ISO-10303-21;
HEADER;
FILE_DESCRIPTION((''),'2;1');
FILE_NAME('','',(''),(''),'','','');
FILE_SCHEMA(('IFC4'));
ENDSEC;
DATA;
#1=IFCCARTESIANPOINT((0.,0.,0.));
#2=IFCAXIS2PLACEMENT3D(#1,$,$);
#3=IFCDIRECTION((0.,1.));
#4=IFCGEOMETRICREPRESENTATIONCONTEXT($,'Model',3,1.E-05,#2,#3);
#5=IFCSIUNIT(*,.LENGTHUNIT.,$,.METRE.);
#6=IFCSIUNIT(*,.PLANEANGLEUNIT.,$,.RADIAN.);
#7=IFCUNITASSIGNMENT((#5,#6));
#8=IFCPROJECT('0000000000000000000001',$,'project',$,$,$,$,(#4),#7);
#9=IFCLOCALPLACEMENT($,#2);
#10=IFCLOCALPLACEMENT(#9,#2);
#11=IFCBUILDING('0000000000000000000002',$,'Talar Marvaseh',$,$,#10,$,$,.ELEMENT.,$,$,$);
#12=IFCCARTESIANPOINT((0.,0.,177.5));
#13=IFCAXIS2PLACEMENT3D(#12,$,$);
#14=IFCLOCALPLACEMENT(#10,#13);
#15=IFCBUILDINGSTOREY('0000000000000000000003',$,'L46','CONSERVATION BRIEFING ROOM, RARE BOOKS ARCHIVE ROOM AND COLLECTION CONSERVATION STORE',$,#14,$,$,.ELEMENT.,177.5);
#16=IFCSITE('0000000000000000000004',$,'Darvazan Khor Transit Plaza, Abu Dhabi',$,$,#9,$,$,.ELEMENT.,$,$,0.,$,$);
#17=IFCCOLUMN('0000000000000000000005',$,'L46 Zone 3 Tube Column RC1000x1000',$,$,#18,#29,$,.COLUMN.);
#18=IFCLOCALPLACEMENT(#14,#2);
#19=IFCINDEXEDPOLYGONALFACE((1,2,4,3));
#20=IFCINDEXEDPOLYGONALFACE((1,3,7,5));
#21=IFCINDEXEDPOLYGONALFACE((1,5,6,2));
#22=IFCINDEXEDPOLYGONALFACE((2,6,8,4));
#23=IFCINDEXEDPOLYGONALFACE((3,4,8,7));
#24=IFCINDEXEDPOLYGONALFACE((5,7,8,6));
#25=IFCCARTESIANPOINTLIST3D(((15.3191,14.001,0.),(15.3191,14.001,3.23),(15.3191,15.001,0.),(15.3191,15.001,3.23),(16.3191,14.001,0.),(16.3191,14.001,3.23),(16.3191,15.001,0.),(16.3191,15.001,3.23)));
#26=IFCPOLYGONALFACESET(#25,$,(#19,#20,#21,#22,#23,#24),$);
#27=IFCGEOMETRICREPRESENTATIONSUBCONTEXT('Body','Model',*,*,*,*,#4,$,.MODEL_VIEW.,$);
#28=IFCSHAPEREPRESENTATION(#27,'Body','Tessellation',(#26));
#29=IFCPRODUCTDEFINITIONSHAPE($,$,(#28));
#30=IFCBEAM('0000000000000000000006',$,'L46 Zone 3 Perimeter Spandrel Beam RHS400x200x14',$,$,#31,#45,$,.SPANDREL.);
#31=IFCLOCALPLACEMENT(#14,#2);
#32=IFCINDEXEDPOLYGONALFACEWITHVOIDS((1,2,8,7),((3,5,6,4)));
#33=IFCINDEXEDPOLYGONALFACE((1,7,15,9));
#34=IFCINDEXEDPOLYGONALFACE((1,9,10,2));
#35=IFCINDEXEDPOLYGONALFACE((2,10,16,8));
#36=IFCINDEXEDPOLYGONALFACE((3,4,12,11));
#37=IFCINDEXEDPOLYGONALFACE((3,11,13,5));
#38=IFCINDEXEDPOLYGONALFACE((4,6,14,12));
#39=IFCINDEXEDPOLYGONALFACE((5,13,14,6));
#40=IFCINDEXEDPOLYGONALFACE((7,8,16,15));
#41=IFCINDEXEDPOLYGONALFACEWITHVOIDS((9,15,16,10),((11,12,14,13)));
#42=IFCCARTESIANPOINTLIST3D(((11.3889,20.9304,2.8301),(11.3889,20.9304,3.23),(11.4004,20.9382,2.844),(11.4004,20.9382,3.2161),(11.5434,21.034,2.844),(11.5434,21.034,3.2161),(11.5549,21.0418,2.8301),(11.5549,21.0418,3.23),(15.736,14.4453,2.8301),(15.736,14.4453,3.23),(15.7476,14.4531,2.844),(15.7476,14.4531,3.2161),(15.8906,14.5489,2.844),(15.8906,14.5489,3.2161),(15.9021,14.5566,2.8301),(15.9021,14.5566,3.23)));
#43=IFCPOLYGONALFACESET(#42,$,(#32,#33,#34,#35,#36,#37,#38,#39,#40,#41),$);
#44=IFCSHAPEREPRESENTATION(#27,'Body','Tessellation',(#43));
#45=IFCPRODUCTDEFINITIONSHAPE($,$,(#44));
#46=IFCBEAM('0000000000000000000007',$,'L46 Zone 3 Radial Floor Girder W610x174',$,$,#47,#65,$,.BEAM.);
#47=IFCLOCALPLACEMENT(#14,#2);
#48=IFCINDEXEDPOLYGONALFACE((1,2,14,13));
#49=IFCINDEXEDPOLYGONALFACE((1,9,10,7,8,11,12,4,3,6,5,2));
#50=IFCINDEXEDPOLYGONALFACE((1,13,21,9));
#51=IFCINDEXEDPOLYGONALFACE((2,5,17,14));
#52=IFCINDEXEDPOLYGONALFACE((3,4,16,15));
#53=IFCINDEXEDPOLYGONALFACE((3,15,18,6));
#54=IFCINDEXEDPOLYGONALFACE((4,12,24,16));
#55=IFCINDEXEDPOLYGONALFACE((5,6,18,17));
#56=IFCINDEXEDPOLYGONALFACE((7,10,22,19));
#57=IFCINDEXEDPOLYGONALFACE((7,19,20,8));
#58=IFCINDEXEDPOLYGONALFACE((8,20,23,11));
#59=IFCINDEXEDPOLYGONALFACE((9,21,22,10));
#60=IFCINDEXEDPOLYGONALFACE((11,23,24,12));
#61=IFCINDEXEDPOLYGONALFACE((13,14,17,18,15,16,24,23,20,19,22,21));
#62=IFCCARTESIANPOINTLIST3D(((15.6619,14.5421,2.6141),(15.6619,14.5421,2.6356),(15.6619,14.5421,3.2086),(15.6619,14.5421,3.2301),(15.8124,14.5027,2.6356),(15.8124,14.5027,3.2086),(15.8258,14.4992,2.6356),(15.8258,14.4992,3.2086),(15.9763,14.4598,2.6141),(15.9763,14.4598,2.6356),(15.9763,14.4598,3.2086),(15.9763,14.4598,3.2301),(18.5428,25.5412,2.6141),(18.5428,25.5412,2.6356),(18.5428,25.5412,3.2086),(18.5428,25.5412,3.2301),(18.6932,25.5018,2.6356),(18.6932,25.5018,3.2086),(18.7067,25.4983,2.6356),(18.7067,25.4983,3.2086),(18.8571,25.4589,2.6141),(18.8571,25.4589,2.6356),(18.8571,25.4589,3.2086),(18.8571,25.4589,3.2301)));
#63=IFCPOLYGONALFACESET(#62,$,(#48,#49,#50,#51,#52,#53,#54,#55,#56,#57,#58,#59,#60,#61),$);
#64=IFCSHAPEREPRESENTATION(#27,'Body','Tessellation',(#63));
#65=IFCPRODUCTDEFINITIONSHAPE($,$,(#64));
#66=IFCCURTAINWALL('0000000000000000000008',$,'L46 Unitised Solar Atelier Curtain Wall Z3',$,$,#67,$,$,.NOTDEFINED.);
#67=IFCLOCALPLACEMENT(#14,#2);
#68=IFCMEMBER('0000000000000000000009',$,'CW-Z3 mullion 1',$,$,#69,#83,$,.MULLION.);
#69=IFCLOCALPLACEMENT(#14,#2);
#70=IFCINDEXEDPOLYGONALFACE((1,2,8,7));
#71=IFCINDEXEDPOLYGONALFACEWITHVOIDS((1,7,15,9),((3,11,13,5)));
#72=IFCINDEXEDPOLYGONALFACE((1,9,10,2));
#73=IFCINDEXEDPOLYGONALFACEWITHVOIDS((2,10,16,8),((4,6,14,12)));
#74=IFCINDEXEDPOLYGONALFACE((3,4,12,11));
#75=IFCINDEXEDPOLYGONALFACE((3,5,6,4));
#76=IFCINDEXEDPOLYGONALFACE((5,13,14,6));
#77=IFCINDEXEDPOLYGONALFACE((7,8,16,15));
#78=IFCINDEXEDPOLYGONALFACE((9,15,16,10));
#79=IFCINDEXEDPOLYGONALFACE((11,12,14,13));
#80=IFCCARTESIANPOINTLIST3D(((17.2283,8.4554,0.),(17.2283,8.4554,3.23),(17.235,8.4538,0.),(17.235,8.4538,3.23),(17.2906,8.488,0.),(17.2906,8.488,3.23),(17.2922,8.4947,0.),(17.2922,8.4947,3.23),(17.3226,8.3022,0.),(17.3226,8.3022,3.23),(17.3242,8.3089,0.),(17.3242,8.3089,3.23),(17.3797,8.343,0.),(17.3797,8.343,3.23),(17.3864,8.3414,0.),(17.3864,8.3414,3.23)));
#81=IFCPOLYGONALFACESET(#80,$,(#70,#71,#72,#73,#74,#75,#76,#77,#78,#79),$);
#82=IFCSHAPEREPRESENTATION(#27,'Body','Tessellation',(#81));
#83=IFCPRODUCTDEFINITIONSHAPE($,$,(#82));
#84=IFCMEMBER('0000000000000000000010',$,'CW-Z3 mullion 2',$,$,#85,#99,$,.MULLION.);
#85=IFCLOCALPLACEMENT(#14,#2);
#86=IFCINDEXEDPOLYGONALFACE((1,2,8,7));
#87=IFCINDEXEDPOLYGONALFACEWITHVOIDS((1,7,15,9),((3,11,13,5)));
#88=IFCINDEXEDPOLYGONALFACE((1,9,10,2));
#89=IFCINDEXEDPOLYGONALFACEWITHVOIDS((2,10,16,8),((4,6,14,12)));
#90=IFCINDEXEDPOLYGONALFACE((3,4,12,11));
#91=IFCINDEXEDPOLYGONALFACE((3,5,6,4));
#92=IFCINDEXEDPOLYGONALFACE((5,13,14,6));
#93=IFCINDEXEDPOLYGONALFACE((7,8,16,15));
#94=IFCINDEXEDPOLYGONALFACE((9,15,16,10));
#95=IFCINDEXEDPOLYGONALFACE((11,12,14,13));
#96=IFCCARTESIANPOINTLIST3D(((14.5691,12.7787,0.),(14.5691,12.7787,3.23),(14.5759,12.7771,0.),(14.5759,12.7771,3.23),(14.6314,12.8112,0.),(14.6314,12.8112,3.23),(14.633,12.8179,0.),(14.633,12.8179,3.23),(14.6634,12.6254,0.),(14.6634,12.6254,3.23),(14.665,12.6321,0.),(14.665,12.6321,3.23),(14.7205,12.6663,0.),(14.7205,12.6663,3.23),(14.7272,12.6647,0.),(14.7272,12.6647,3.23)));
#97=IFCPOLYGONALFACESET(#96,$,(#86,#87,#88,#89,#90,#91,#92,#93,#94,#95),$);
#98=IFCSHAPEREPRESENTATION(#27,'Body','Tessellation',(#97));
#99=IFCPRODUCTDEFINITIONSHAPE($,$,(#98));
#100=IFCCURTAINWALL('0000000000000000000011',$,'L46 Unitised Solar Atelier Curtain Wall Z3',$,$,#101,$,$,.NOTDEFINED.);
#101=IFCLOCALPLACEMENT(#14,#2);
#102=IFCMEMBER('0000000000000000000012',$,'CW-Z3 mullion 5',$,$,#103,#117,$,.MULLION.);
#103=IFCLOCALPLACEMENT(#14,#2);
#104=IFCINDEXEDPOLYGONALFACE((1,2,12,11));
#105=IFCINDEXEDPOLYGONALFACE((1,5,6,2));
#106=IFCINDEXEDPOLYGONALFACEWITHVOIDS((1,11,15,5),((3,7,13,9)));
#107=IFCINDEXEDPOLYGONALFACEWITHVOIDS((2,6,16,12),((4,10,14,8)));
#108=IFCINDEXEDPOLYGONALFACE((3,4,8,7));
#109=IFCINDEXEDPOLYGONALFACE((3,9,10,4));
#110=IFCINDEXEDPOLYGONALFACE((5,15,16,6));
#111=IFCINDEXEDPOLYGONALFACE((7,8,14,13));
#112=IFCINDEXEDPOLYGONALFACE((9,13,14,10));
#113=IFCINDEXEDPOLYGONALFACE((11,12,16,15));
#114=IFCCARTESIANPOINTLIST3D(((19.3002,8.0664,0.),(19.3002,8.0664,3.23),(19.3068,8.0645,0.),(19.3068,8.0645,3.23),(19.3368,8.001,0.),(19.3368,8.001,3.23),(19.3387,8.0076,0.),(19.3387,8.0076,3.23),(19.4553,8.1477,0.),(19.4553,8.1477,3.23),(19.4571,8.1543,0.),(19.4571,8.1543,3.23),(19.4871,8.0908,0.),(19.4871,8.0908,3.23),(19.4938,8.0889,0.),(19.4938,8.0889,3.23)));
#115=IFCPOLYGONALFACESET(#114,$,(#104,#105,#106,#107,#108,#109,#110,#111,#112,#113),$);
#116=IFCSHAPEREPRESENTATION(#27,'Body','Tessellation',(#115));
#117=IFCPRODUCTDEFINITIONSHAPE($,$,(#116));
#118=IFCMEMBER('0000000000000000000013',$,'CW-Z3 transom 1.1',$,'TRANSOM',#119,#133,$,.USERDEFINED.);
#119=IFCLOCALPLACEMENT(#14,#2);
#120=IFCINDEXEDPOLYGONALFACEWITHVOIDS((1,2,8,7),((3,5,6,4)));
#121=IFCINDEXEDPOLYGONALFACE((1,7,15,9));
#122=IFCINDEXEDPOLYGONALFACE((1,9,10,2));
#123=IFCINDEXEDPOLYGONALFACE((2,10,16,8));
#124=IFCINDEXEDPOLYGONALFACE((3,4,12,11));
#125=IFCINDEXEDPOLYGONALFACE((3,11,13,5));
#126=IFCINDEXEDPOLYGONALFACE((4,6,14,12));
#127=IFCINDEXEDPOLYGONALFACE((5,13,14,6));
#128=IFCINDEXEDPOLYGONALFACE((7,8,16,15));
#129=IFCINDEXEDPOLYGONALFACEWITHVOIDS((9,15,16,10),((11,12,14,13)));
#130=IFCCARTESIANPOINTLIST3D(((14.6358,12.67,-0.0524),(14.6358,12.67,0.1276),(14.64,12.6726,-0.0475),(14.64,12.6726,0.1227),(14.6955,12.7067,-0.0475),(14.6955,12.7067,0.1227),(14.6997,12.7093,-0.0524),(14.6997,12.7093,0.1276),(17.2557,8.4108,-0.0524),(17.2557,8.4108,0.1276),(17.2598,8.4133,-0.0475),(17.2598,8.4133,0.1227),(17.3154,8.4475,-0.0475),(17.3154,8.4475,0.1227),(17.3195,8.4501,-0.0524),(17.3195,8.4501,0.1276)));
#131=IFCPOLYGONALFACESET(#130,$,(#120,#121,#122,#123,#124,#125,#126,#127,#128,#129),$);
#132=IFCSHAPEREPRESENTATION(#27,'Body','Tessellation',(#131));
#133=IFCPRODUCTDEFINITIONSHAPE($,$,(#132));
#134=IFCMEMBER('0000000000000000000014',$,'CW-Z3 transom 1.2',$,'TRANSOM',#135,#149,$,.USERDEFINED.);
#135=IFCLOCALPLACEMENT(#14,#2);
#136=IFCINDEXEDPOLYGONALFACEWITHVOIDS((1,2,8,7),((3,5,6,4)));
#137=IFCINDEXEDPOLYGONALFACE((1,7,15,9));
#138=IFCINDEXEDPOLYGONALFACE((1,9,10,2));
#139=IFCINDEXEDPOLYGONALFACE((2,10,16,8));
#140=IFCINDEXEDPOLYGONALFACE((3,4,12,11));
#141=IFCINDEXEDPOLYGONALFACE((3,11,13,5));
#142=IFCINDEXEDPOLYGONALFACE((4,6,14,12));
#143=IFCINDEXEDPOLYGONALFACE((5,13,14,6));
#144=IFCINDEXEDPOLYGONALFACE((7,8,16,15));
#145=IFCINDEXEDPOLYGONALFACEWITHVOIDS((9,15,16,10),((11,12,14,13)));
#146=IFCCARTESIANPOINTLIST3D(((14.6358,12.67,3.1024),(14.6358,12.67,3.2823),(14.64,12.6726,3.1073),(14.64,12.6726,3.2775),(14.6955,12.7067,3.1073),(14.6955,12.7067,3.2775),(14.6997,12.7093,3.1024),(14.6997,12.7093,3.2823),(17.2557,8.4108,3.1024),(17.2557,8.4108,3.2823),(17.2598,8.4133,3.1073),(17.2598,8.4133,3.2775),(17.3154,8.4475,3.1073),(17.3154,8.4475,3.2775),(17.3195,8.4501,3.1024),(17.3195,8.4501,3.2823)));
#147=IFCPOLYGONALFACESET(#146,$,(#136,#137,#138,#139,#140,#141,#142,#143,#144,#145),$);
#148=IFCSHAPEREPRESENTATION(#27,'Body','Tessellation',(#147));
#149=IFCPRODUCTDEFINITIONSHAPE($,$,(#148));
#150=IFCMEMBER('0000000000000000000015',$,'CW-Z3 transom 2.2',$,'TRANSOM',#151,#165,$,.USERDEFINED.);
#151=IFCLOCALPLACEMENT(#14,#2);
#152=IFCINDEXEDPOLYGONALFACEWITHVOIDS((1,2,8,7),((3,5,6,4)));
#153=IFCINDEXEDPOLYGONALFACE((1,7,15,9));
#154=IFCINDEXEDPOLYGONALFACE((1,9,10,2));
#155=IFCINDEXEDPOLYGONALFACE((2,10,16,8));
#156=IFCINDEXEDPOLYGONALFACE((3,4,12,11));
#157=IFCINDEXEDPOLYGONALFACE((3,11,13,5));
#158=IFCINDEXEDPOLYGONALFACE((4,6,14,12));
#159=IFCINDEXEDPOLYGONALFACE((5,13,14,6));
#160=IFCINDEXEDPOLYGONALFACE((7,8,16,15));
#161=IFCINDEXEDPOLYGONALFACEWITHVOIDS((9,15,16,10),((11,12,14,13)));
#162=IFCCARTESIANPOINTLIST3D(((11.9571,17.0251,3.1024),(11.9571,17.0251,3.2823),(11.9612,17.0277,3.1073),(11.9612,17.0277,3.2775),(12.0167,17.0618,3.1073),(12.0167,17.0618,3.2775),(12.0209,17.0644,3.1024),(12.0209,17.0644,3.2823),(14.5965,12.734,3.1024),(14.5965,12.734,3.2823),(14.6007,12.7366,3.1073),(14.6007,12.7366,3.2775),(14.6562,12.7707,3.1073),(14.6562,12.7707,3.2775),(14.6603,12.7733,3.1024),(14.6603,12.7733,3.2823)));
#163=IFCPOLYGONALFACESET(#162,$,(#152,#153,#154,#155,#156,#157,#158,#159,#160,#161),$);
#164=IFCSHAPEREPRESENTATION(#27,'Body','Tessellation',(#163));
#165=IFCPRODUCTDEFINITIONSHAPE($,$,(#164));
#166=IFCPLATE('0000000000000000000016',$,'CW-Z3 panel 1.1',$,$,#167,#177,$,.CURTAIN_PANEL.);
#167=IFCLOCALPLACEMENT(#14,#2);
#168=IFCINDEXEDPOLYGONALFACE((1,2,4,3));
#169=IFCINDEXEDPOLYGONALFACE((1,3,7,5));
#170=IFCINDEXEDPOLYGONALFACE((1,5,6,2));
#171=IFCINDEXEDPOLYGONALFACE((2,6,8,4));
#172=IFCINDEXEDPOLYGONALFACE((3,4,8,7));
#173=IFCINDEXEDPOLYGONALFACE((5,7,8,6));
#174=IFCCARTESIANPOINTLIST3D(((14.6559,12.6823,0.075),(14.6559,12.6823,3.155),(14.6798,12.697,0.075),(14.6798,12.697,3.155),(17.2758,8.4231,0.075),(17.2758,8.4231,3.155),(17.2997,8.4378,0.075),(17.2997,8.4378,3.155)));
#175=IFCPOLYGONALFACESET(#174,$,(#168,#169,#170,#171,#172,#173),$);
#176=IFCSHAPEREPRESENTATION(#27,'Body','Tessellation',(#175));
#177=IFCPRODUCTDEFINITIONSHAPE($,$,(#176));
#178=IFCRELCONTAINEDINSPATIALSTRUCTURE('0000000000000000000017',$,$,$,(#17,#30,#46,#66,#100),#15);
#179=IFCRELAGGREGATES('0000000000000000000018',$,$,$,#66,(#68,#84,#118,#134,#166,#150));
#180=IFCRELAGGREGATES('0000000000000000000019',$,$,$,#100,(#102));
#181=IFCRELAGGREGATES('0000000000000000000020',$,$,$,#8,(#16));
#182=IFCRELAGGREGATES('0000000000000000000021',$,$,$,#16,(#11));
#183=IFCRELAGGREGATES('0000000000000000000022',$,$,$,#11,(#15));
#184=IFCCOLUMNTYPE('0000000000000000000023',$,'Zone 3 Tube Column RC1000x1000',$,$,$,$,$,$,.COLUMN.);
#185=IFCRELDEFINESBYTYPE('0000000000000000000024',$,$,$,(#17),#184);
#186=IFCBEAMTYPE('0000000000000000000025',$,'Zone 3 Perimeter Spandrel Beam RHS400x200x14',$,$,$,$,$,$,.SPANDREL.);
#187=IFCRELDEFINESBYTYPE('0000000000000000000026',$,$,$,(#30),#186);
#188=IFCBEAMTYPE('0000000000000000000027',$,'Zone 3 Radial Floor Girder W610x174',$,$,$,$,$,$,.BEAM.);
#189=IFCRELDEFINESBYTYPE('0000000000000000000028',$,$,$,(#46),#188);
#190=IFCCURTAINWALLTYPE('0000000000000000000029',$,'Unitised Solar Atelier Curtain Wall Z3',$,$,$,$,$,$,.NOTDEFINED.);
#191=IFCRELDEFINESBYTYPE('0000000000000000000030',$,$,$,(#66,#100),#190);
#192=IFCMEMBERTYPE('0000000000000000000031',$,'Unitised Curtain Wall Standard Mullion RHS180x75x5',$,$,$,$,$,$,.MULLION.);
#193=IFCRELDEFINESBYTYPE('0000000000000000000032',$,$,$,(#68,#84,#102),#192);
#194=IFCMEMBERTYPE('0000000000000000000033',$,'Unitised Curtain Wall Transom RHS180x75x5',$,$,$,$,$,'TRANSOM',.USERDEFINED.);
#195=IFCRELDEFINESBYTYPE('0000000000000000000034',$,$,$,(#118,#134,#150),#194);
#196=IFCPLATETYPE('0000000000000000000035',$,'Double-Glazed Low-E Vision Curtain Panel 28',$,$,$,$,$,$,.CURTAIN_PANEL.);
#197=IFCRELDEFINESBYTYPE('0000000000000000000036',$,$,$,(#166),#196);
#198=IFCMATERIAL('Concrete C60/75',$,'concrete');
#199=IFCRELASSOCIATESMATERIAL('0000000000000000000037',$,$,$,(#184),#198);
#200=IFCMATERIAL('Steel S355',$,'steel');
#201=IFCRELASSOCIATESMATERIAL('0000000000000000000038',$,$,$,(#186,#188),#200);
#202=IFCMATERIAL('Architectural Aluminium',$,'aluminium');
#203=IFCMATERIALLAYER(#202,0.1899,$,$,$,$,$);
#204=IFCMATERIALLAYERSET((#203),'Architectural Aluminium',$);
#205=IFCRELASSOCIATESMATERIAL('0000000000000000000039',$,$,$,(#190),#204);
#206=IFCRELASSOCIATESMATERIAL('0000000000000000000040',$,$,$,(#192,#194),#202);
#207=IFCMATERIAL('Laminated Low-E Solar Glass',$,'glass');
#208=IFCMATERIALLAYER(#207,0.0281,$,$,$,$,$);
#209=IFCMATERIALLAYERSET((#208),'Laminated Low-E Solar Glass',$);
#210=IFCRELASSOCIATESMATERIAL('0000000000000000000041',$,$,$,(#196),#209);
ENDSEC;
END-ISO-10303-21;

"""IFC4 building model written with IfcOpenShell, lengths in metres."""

from ifc_helpers import new_model, si_unit, direction, frame, origin, origin_2d, place, context, subcontext, project, spatial, rectangle, hollow_rectangle, i_section, extrude, source, transform, mapped, material, layer, layer_set, material_profile, profile_set, type_object, type_shapes, element, aggregate, save


model = new_model("IFC4")

# Units and contexts
model_context = context("Model", 3, precision=1e-05, world=origin(), true_north=direction((0.0, 1.0)))
body_context = subcontext(model_context, "Body", "Model", "MODEL_VIEW")
ifc_project = project(units=[si_unit("LENGTHUNIT", "METRE"), si_unit("PLANEANGLEUNIT", "RADIAN")], contexts=[model_context])

# Site, building, storey
site_placement = place(None, origin())
site = spatial("IfcSite", under=ifc_project, at=site_placement, Name="Darvazan Khor Transit Plaza, Abu Dhabi", CompositionType="ELEMENT", RefElevation=0.0)
building_placement = place(site_placement, origin())
building = spatial("IfcBuilding", under=site, at=building_placement, Name="Talar Marvaseh", CompositionType="ELEMENT")
storey_placement = place(building_placement, frame((0.0, 0.0, 177.5)))
storey = spatial("IfcBuildingStorey", under=building, at=storey_placement, Name="L46", Description="CONSERVATION BRIEFING ROOM, RARE BOOKS ARCHIVE ROOM AND COLLECTION CONSERVATION STORE", CompositionType="ELEMENT", Elevation=177.5)

# Column
ifc_material_1 = material(Name="Concrete C60/75", Category="concrete")
ifc_material_profile_1 = material_profile(ifc_material_1, rectangle(XDim=1.0, YDim=1.0, at=origin_2d()), Name="RC1000x1000")
ifc_profile_set_1 = profile_set([ifc_material_profile_1], Name="Concrete C60/75")
column_type = type_object("IfcColumnType", Name="Zone 3 Tube Column RC1000x1000", PredefinedType="COLUMN", material=ifc_profile_set_1)
column_placement = place(storey_placement, frame((15.8191, 14.501, 0.0), z_axis=(0.0, 0.0, 1.0), x_axis=(1.0, 0.0, 0.0)))
element("IfcColumn", 1, at=column_placement, inside=storey, type_object=column_type, Name="L46 Zone 3 Tube Column RC1000x1000", PredefinedType="COLUMN", context=body_context, shape_type="SweptSolid", body=[
    extrude(rectangle(XDim=1.0, YDim=1.0, at=origin_2d()), origin(), (0.0, 0.0, 1.0), 3.23),
])

# Beams
ifc_material_2 = material(Name="Steel S355", Category="steel")
ifc_material_profile_2 = material_profile(ifc_material_2, hollow_rectangle(XDim=0.2, YDim=0.3999, WallThickness=0.0139, at=origin_2d()), Name="RHS400x200x14")
ifc_profile_set_2 = profile_set([ifc_material_profile_2], Name="Steel S355")
beam_type_1 = type_object("IfcBeamType", Name="Zone 3 Perimeter Spandrel Beam RHS400x200x14", PredefinedType="SPANDREL", material=ifc_profile_set_2)
beam_1_placement = place(storey_placement, frame((15.8191, 14.501, 3.03), z_axis=(-0.556806, 0.830643, 0.0), x_axis=(-0.830643, -0.556806, 0.0)))
element("IfcBeam", 2, at=beam_1_placement, inside=storey, type_object=beam_type_1, Name="L46 Zone 3 Perimeter Spandrel Beam RHS400x200x14", PredefinedType="SPANDREL", context=body_context, shape_type="SweptSolid", body=[
    extrude(hollow_rectangle(XDim=0.2, YDim=0.3999, WallThickness=0.0139, at=origin_2d()), origin(), (0.0, 0.0, 1.0), 7.8074),
])
ifc_material_profile_3 = material_profile(ifc_material_2, i_section(OverallWidth=0.325, OverallDepth=0.616, WebThickness=0.0139, FlangeThickness=0.0215, at=origin_2d()), Name="W610x174")
ifc_profile_set_3 = profile_set([ifc_material_profile_3], Name="Steel S355")
beam_type_2 = type_object("IfcBeamType", Name="Zone 3 Radial Floor Girder W610x174", PredefinedType="BEAM", material=ifc_profile_set_3)
beam_2_placement = place(storey_placement, frame((15.8191, 14.501, 2.9221), z_axis=(0.253373, 0.967369, 0.0), x_axis=(-0.967369, 0.253373, 0.0)))
element("IfcBeam", 3, at=beam_2_placement, inside=storey, type_object=beam_type_2, Name="L46 Zone 3 Radial Floor Girder W610x174", PredefinedType="BEAM", context=body_context, shape_type="SweptSolid", body=[
    extrude(i_section(OverallWidth=0.325, OverallDepth=0.616, WebThickness=0.0139, FlangeThickness=0.0215, at=origin_2d()), origin(), (0.0, 0.0, 1.0), 11.3701),
])

# Curtain wall, members
ifc_material_3 = material(Name="Architectural Aluminium", Category="aluminium")
ifc_layer_1 = layer(ifc_material_3, 0.1899)
ifc_layer_set_1 = layer_set([ifc_layer_1], Name="Architectural Aluminium")
curtain_wall_type = type_object("IfcCurtainWallType", Name="Unitised Solar Atelier Curtain Wall Z3", PredefinedType="NOTDEFINED", material=ifc_layer_set_1)
curtain_wall_1_placement = place(storey_placement, origin())
curtain_wall_1 = element("IfcCurtainWall", 4, at=curtain_wall_1_placement, inside=storey, type_object=curtain_wall_type, Name="L46 Unitised Solar Atelier Curtain Wall Z3", PredefinedType="NOTDEFINED")
ifc_material_profile_4 = material_profile(ifc_material_3, hollow_rectangle(XDim=0.075, YDim=0.1799, WallThickness=0.0049, at=origin_2d()), Name="RHS180x75x5")
ifc_profile_set_4 = profile_set([ifc_material_profile_4], Name="Architectural Aluminium")
member_type_1 = type_object("IfcMemberType", Name="Unitised Curtain Wall Standard Mullion RHS180x75x5", PredefinedType="MULLION", material=ifc_profile_set_4)
shared_shape_1 = source(origin(), body_context, "Body", "SweptSolid", [
    extrude(hollow_rectangle(XDim=0.075, YDim=0.1799, WallThickness=0.0049, at=origin_2d()), origin(), (0.0, 0.0, 1.0), 3.23),
])
type_shapes(member_type_1, [shared_shape_1])
member_1_placement = place(storey_placement, frame((17.3074, 8.3984, 0.0), z_axis=(0.0, 0.0, 1.0), x_axis=(-0.851764, -0.523926, 0.0)))
member_1 = element("IfcMember", 5, at=member_1_placement, type_object=member_type_1, Name="CW-Z3 mullion 1", PredefinedType="MULLION", context=body_context, shape_type="MappedRepresentation", body=[
    mapped(shared_shape_1, transform((0.0, 0.0, 0.0), x_axis=(1.0, 0.0, 0.0), y_axis=(0.0, 1.0, 0.0), z_axis=(0.0, 0.0, 1.0), scale=1.0)),
])
member_2_placement = place(storey_placement, frame((14.6482, 12.7217, 0.0), z_axis=(0.0, 0.0, 1.0), x_axis=(-0.851764, -0.523926, 0.0)))
member_2 = element("IfcMember", 6, at=member_2_placement, type_object=member_type_1, Name="CW-Z3 mullion 2", PredefinedType="MULLION", context=body_context, shape_type="MappedRepresentation", body=[
    mapped(shared_shape_1, transform((0.0, 0.0, 0.0), x_axis=(1.0, 0.0, 0.0), y_axis=(0.0, 1.0, 0.0), z_axis=(0.0, 0.0, 1.0), scale=1.0)),
])

# Curtain wall, member
curtain_wall_2_placement = place(storey_placement, origin())
curtain_wall_2 = element("IfcCurtainWall", 7, at=curtain_wall_2_placement, inside=storey, type_object=curtain_wall_type, Name="L46 Unitised Solar Atelier Curtain Wall Z3", PredefinedType="NOTDEFINED")
member_3_placement = place(storey_placement, frame((19.397, 8.0776, 0.0), z_axis=(0.0, 0.0, 1.0), x_axis=(0.488756, -0.872421, 0.0)))
member_3 = element("IfcMember", 8, at=member_3_placement, type_object=member_type_1, Name="CW-Z3 mullion 5", PredefinedType="MULLION", context=body_context, shape_type="MappedRepresentation", body=[
    mapped(shared_shape_1, transform((0.0, 0.0, 0.0), x_axis=(1.0, 0.0, 0.0), y_axis=(0.0, 1.0, 0.0), z_axis=(0.0, 0.0, 1.0), scale=1.0)),
])

# Members
ifc_material_profile_5 = material_profile(ifc_material_3, hollow_rectangle(XDim=0.075, YDim=0.1799, WallThickness=0.0049, at=origin_2d()), Name="RHS180x75x5")
ifc_profile_set_5 = profile_set([ifc_material_profile_5], Name="Architectural Aluminium")
member_type_2 = type_object("IfcMemberType", Name="Unitised Curtain Wall Transom RHS180x75x5", ElementType="TRANSOM", PredefinedType="USERDEFINED", material=ifc_profile_set_5)
shared_shape_2 = source(origin(), body_context, "Body", "SweptSolid", [
    extrude(hollow_rectangle(XDim=0.075, YDim=0.1799, WallThickness=0.0049, at=origin_2d()), origin(), (0.0, 0.0, 1.0), 5.0005),
])
member_4_placement = place(storey_placement, frame((17.2876, 8.4304, 0.0376), z_axis=(-0.52392, 0.851767, 0.0), x_axis=(-0.851767, -0.52392, 0.0)))
member_4 = element("IfcMember", 9, at=member_4_placement, type_object=member_type_2, Name="CW-Z3 transom 1.1", ObjectType="TRANSOM", PredefinedType="USERDEFINED", context=body_context, shape_type="MappedRepresentation", body=[
    mapped(shared_shape_2, transform((0.0, 0.0, 0.0), x_axis=(1.0, 0.0, 0.0), y_axis=(0.0, 1.0, 0.0), z_axis=(0.0, 0.0, 1.0), scale=1.0)),
])
member_5_placement = place(storey_placement, frame((17.2876, 8.4304, 3.1924), z_axis=(-0.52392, 0.851767, 0.0), x_axis=(-0.851767, -0.52392, 0.0)))
member_5 = element("IfcMember", 10, at=member_5_placement, type_object=member_type_2, Name="CW-Z3 transom 1.2", ObjectType="TRANSOM", PredefinedType="USERDEFINED", context=body_context, shape_type="MappedRepresentation", body=[
    mapped(shared_shape_2, transform((0.0, 0.0, 0.0), x_axis=(1.0, 0.0, 0.0), y_axis=(0.0, 1.0, 0.0), z_axis=(0.0, 0.0, 1.0), scale=1.0)),
])
shared_shape_3 = source(origin(), body_context, "Body", "SweptSolid", [
    extrude(hollow_rectangle(XDim=0.075, YDim=0.1799, WallThickness=0.0049, at=origin_2d()), origin(), (0.0, 0.0, 1.0), 5.0378),
])
type_shapes(member_type_2, [shared_shape_2, shared_shape_3])
member_6_placement = place(storey_placement, frame((14.6284, 12.7537, 3.1924), z_axis=(-0.523922, 0.851766, 0.0), x_axis=(-0.851766, -0.523922, 0.0)))
member_6 = element("IfcMember", 11, at=member_6_placement, type_object=member_type_2, Name="CW-Z3 transom 2.2", ObjectType="TRANSOM", PredefinedType="USERDEFINED", context=body_context, shape_type="MappedRepresentation", body=[
    mapped(shared_shape_3, transform((0.0, 0.0, 0.0), x_axis=(1.0, 0.0, 0.0), y_axis=(0.0, 1.0, 0.0), z_axis=(0.0, 0.0, 1.0), scale=1.0)),
])

# Plate
ifc_material_4 = material(Name="Laminated Low-E Solar Glass", Category="glass")
ifc_layer_2 = layer(ifc_material_4, 0.0281)
ifc_layer_set_2 = layer_set([ifc_layer_2], Name="Laminated Low-E Solar Glass")
plate_type = type_object("IfcPlateType", Name="Double-Glazed Low-E Vision Curtain Panel 28", PredefinedType="CURTAIN_PANEL", material=ifc_layer_set_2)
shared_shape_4 = source(origin(), body_context, "Body", "SweptSolid", [
    extrude(rectangle(XDim=5.0005, YDim=0.0281, at=origin_2d()), origin(), (0.0, 0.0, 1.0), 3.0801),
])
plate_1_placement = place(storey_placement, frame((15.9778, 10.5601, 0.075), z_axis=(0.0, 0.0, 1.0), x_axis=(-0.523926, 0.851764, 0.0)))
plate_1 = element("IfcPlate", 12, at=plate_1_placement, type_object=plate_type, Name="CW-Z3 panel 1.1", PredefinedType="CURTAIN_PANEL", context=body_context, shape_type="MappedRepresentation", body=[
    mapped(shared_shape_4, transform((0.0, 0.0, 0.0), x_axis=(1.0, 0.0, 0.0), y_axis=(0.0, 1.0, 0.0), z_axis=(0.0, 0.0, 1.0), scale=1.0)),
])
aggregate(curtain_wall_1, [member_1, member_2, member_4, member_5, plate_1, member_6])
aggregate(curtain_wall_2, [member_3])

save(model, "model.ifc")
